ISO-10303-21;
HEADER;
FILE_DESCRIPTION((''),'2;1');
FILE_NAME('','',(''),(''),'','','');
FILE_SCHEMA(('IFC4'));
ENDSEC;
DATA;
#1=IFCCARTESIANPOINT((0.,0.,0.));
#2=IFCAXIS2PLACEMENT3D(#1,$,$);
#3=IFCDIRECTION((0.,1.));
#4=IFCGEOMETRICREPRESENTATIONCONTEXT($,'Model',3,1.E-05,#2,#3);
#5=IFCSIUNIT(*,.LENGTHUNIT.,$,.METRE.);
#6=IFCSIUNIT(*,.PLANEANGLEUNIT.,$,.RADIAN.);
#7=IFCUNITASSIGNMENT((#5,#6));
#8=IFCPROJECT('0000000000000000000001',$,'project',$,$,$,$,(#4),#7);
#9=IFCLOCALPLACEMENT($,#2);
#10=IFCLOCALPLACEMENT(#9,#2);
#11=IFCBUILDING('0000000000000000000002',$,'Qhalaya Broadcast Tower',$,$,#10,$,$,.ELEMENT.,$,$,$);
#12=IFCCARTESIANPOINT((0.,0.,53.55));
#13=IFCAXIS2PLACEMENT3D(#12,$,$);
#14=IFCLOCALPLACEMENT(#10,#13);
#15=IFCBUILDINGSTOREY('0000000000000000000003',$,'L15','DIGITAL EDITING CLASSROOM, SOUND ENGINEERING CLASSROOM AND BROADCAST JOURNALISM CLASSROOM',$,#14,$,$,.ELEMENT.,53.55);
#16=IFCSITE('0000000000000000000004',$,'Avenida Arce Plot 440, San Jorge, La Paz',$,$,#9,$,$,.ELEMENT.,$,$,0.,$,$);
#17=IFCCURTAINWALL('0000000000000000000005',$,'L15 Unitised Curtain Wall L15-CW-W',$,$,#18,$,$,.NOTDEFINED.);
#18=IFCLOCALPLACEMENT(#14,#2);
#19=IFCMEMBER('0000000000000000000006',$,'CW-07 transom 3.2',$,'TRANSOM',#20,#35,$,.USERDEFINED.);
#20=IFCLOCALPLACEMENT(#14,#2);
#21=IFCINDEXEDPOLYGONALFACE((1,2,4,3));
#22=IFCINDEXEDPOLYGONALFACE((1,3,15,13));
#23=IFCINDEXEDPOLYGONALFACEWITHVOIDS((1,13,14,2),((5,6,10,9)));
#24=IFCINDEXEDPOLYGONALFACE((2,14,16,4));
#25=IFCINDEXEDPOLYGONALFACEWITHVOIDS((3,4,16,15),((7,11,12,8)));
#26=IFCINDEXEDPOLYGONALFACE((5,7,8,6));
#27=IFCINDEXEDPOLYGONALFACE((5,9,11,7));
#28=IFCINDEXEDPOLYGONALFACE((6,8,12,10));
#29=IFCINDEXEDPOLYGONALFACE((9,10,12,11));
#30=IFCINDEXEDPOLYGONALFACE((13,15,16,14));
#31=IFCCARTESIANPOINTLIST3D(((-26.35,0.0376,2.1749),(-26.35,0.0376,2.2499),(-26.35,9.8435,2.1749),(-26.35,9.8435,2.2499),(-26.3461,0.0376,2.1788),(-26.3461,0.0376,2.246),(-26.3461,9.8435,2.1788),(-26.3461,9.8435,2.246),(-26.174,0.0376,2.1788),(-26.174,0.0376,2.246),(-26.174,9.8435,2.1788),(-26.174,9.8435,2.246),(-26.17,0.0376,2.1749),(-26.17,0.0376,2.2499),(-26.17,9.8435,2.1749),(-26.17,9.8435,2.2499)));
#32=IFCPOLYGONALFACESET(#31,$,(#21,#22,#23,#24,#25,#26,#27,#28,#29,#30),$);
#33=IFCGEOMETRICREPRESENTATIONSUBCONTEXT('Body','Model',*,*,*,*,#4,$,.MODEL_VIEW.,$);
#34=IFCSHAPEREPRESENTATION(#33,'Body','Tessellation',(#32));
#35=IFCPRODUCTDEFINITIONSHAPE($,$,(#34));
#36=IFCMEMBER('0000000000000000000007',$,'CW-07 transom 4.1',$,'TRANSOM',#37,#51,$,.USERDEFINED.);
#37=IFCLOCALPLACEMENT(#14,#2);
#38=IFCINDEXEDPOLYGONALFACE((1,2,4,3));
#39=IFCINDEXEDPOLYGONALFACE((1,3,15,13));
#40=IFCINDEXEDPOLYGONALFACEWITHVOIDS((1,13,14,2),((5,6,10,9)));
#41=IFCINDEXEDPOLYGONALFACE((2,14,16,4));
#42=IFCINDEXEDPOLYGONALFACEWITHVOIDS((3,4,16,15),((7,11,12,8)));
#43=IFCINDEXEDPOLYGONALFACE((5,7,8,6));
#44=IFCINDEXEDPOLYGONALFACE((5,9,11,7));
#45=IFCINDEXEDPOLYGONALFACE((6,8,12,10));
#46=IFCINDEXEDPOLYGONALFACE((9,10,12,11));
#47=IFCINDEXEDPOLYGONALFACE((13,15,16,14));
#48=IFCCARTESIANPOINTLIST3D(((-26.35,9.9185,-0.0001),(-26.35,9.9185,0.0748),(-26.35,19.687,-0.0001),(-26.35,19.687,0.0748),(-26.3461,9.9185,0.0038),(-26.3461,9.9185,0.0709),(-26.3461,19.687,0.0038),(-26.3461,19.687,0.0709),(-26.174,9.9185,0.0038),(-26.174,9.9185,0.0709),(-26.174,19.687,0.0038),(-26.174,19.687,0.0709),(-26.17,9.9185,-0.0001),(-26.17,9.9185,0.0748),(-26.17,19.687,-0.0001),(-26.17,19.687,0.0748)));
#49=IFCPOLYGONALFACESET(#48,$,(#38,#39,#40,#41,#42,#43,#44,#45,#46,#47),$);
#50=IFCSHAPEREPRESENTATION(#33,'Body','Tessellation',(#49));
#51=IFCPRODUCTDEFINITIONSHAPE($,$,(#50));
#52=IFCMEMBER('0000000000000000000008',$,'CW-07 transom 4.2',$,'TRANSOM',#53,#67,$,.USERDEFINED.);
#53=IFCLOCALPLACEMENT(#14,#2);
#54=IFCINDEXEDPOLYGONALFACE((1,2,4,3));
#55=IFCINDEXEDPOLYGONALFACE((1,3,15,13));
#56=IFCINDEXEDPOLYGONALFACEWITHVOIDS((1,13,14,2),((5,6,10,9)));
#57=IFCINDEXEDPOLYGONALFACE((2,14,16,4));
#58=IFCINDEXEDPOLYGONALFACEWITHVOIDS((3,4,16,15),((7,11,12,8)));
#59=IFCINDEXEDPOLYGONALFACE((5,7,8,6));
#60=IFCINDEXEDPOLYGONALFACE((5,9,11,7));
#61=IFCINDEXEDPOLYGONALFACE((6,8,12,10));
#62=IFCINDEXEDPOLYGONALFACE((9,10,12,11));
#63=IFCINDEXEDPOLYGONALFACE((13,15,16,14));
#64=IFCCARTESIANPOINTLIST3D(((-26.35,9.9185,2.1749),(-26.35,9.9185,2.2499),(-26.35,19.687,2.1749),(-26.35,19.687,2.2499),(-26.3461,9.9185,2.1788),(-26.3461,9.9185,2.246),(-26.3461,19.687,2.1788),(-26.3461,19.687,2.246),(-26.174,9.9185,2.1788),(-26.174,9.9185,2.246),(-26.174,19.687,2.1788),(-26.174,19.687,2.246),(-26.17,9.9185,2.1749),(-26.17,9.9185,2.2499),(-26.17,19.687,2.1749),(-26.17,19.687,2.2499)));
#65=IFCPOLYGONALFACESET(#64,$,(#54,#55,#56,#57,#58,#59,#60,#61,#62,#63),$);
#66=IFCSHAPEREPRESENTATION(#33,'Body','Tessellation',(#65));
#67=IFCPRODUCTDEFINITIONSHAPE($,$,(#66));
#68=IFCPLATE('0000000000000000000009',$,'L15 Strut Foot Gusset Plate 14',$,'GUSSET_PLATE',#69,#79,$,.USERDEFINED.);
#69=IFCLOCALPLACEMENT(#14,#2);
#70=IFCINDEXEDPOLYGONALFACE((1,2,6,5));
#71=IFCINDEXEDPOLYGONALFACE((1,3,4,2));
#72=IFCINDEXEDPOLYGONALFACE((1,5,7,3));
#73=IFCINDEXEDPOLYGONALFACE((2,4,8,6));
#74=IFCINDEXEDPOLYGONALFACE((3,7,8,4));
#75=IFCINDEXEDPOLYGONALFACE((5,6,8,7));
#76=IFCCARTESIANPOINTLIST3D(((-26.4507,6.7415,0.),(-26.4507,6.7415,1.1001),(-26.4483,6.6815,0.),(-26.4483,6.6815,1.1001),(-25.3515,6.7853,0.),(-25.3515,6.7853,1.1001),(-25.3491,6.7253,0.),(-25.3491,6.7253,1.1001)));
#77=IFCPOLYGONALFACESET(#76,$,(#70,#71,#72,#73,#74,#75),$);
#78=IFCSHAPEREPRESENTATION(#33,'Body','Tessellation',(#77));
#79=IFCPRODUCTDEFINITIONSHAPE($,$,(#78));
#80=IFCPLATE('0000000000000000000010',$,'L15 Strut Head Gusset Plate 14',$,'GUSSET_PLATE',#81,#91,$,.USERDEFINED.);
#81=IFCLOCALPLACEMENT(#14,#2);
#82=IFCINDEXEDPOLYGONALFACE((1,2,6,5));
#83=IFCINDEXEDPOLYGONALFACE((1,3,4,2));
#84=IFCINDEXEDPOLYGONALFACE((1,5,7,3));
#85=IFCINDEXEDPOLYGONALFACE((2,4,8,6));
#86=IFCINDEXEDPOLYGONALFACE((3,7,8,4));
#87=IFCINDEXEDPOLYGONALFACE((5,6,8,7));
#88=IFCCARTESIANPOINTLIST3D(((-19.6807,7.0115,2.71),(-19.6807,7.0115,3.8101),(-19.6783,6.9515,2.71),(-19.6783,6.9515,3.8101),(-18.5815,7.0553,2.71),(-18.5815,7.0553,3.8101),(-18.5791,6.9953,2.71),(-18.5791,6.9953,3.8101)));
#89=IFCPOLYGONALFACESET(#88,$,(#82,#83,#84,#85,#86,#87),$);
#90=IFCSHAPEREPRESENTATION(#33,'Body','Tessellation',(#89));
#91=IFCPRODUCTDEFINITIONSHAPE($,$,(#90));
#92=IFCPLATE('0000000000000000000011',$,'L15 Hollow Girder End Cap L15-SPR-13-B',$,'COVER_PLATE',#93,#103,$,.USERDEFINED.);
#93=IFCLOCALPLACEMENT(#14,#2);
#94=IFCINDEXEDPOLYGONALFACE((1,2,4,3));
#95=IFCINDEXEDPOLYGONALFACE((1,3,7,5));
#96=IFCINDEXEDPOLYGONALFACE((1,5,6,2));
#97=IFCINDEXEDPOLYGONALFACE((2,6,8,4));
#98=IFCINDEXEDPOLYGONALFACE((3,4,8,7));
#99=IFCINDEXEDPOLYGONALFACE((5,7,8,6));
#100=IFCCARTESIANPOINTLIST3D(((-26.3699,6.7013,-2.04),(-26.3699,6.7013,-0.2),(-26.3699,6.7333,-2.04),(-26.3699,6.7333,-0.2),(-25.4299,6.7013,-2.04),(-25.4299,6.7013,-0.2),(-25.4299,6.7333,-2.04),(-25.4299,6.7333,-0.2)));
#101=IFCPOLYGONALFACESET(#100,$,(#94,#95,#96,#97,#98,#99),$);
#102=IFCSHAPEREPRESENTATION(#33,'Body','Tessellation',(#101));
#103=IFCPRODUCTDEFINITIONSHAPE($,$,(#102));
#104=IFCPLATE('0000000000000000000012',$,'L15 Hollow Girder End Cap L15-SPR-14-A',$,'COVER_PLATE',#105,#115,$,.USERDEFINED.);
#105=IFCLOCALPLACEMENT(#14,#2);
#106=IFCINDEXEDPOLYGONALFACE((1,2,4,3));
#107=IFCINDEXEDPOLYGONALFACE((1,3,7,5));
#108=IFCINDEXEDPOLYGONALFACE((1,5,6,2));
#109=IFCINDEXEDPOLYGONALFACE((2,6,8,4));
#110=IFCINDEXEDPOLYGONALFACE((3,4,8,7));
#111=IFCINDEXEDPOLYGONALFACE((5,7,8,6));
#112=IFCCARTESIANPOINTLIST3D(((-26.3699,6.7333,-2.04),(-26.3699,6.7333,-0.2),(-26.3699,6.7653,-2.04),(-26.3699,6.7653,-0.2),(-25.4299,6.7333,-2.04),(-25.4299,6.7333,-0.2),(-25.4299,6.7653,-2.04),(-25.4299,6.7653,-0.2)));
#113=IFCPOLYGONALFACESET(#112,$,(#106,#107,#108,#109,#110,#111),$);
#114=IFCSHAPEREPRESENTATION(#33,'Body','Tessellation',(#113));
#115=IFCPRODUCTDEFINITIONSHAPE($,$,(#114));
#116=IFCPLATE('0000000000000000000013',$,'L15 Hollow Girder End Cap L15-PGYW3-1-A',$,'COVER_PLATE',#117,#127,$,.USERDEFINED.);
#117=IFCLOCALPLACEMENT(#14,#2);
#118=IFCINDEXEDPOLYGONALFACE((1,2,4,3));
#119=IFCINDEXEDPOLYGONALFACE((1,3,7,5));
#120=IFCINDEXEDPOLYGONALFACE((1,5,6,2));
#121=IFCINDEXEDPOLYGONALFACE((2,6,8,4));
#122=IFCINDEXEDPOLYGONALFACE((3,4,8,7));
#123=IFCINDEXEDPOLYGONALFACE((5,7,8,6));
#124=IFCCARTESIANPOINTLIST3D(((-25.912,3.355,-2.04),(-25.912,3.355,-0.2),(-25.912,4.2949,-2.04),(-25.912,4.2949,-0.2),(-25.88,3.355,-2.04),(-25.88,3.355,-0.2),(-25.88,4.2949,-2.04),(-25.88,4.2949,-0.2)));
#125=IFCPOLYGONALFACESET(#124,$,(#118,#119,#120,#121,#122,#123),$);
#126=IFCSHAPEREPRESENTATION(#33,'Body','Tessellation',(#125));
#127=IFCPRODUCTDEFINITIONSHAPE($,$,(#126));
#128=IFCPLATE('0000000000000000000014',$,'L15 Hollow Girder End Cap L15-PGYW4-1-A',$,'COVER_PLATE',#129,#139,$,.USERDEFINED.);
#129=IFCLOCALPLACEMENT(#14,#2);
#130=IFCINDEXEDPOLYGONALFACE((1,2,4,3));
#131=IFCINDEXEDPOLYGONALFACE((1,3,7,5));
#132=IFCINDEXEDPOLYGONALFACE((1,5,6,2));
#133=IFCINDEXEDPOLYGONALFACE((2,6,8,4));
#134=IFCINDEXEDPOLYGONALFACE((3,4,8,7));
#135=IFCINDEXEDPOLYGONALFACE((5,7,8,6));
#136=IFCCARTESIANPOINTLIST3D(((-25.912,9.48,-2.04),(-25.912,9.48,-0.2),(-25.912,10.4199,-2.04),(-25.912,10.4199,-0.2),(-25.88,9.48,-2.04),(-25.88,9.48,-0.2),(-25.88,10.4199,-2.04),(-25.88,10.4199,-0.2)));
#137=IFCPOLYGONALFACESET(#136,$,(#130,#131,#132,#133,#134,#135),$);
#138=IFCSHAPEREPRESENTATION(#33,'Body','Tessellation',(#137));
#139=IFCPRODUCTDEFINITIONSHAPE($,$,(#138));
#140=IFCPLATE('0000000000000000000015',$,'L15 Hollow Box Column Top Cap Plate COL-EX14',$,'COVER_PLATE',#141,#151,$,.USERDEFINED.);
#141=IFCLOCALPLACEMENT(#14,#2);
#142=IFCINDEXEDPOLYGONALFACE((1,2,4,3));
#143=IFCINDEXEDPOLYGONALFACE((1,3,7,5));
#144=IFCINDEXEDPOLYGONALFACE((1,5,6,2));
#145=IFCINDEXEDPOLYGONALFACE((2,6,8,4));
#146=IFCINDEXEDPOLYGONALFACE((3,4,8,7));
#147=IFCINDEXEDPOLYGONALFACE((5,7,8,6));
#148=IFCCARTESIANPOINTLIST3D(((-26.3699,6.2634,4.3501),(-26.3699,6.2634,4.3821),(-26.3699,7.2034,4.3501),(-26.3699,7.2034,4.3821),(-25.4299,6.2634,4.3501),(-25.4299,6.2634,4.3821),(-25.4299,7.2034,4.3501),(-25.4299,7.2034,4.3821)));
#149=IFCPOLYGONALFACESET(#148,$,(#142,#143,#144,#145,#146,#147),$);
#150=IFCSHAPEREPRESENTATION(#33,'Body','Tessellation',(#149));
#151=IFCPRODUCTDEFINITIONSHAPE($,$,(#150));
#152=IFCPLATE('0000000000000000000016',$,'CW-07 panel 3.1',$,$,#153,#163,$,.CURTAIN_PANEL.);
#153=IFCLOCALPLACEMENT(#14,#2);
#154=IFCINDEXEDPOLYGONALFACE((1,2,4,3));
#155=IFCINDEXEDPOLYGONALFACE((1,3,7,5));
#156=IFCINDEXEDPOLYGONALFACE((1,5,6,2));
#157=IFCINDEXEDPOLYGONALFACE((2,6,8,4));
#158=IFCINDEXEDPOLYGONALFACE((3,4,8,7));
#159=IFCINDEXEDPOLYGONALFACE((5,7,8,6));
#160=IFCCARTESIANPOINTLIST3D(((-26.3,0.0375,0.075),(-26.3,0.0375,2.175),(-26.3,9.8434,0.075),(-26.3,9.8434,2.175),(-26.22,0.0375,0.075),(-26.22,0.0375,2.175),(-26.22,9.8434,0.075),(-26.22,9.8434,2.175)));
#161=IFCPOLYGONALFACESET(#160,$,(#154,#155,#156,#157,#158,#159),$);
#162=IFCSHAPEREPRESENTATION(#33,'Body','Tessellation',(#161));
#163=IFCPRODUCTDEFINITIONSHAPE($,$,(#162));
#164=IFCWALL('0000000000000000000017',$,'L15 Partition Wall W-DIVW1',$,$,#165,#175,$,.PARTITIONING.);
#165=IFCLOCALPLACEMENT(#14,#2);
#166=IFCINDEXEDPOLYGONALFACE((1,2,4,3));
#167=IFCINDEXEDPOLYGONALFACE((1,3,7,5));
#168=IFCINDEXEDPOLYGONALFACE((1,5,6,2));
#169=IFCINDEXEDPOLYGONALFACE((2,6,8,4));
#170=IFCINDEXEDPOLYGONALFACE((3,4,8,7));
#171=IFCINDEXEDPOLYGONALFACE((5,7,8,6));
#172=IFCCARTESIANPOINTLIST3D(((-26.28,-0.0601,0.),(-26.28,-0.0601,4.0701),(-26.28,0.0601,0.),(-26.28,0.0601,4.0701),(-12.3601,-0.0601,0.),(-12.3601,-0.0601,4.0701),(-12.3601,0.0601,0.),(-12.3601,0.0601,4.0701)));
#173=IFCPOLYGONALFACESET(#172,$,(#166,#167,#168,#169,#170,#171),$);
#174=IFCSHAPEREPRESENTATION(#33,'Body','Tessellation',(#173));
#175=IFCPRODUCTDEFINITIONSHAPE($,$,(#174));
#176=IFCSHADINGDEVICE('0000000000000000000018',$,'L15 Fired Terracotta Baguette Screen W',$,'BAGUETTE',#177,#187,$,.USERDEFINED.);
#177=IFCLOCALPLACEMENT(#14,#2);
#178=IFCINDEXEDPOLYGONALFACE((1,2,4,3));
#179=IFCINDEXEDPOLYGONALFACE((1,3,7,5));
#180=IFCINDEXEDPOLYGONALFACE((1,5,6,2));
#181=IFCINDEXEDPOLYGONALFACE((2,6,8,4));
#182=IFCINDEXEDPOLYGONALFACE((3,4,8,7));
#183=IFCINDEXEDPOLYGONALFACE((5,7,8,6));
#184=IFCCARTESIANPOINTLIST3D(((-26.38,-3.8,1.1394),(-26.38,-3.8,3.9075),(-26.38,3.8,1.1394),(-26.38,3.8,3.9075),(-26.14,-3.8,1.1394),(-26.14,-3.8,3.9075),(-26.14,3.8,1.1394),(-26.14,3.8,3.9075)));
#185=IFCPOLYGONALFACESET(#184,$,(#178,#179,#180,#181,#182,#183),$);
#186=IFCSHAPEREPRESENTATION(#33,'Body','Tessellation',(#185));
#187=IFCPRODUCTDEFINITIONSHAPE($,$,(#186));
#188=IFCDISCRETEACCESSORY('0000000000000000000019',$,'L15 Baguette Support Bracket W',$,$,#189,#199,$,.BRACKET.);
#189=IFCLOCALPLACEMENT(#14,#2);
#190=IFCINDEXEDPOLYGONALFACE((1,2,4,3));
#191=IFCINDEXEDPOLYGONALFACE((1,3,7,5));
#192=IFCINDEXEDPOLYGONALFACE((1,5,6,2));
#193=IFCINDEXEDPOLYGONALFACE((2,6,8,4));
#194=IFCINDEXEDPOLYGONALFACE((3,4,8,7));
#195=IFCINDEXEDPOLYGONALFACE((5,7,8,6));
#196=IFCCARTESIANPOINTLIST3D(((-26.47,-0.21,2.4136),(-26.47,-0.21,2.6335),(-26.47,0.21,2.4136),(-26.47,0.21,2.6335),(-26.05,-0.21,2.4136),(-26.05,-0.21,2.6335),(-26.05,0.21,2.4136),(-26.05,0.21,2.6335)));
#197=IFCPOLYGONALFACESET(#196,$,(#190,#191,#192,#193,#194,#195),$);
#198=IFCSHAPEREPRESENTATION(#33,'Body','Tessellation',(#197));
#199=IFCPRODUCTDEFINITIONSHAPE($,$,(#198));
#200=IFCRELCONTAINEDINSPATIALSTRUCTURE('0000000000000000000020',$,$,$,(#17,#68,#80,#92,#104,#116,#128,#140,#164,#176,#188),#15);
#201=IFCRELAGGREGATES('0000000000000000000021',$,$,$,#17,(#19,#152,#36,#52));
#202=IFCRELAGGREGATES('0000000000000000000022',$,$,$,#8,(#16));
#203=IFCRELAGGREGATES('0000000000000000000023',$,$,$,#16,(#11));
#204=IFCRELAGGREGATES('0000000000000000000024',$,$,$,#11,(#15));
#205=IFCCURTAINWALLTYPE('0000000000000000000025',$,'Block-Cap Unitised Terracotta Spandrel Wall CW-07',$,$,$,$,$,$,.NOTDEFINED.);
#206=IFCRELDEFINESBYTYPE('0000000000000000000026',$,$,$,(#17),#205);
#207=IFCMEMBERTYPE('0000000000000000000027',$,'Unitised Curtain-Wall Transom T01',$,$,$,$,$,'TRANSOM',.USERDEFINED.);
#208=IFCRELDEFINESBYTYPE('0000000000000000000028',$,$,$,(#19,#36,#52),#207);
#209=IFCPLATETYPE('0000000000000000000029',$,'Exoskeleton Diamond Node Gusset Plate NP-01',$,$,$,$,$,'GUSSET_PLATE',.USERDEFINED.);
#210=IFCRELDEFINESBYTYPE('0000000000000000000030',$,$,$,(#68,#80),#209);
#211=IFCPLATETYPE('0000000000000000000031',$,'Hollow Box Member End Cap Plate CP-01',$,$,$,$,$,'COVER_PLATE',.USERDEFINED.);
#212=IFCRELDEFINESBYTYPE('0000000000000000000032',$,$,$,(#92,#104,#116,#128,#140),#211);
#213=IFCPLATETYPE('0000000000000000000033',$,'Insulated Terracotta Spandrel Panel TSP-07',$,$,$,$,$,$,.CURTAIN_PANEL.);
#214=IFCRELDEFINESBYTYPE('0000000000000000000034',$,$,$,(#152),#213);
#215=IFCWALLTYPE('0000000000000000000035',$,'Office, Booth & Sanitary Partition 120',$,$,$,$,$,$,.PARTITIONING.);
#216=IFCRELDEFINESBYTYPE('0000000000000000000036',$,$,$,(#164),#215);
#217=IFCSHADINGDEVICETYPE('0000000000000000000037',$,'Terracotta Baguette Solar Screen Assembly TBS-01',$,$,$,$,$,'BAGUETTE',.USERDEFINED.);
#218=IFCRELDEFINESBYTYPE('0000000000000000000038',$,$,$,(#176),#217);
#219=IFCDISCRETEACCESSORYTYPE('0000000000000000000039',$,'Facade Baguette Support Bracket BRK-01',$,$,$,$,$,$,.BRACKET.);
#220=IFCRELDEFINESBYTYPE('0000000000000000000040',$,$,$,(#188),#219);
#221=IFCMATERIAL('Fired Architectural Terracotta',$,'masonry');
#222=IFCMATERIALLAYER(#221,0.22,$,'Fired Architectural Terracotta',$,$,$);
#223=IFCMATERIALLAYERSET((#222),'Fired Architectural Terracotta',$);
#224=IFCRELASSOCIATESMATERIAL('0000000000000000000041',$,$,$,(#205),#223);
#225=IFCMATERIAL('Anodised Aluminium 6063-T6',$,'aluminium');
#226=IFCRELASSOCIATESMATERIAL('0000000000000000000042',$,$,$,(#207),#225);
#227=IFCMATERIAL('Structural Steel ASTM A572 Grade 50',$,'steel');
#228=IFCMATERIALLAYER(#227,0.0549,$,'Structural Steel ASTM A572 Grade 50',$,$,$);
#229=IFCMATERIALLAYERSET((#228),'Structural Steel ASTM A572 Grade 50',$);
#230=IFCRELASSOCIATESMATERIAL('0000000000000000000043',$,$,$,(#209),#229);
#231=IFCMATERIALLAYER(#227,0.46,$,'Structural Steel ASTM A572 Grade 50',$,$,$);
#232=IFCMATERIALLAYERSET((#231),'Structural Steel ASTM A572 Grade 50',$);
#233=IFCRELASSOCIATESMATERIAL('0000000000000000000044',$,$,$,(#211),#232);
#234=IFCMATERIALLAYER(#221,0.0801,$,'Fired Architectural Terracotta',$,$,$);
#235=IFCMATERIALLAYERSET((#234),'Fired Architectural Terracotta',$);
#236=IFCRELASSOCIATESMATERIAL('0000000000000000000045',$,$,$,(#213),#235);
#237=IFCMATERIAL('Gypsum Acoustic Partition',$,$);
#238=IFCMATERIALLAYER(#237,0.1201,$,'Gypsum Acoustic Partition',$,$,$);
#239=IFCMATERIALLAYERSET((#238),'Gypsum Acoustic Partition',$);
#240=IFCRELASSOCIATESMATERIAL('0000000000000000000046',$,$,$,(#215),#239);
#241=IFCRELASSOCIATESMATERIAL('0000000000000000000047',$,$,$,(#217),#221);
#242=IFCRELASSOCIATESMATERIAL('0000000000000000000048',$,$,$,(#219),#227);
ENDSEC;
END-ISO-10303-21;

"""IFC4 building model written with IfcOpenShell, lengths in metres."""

from ifc_helpers import new_model, si_unit, direction, frame, frame_2d, origin, origin_2d, place, context, subcontext, project, spatial, rectangle, hollow_rectangle, extrude, material, layer, layer_set, material_profile, profile_set, type_object, element, aggregate, save


model = new_model("IFC4")

# Units and contexts
model_context = context("Model", 3, precision=1e-05, world=origin(), true_north=direction((0.0, 1.0)))
body_context = subcontext(model_context, "Body", "Model", "MODEL_VIEW")
ifc_project = project(units=[si_unit("LENGTHUNIT", "METRE"), si_unit("PLANEANGLEUNIT", "RADIAN")], contexts=[model_context])

# Site, building, storey
site_placement = place(None, origin())
site = spatial("IfcSite", under=ifc_project, at=site_placement, Name="Avenida Arce Plot 440, San Jorge, La Paz", CompositionType="ELEMENT", RefElevation=0.0)
building_placement = place(site_placement, origin())
building = spatial("IfcBuilding", under=site, at=building_placement, Name="Qhalaya Broadcast Tower", CompositionType="ELEMENT")
storey_placement = place(building_placement, frame((0.0, 0.0, 53.55)))
storey = spatial("IfcBuildingStorey", under=building, at=storey_placement, Name="L15", Description="DIGITAL EDITING CLASSROOM, SOUND ENGINEERING CLASSROOM AND BROADCAST JOURNALISM CLASSROOM", CompositionType="ELEMENT", Elevation=53.55)

# Shared definitions
ifc_material_1 = material(Name="Structural Steel ASTM A572 Grade 50", Category="steel")

# Curtain wall, members
ifc_material_2 = material(Name="Fired Architectural Terracotta", Category="masonry")
ifc_layer_1 = layer(ifc_material_2, 0.22, Name="Fired Architectural Terracotta")
ifc_layer_set_1 = layer_set([ifc_layer_1], Name="Fired Architectural Terracotta")
curtain_wall_type = type_object("IfcCurtainWallType", Name="Block-Cap Unitised Terracotta Spandrel Wall CW-07", PredefinedType="NOTDEFINED", material=ifc_layer_set_1)
curtain_wall_placement = place(storey_placement, origin())
curtain_wall = element("IfcCurtainWall", 1, at=curtain_wall_placement, inside=storey, type_object=curtain_wall_type, Name="L15 Unitised Curtain Wall L15-CW-W", PredefinedType="NOTDEFINED")
ifc_material_3 = material(Name="Anodised Aluminium 6063-T6", Category="aluminium")
ifc_material_profile_1 = material_profile(ifc_material_3, hollow_rectangle(XDim=0.075, YDim=0.1799, WallThickness=0.0039, at=origin_2d()), Name="ALU-TRN 75x180x4")
ifc_profile_set_1 = profile_set([ifc_material_profile_1], Name="Anodised Aluminium 6063-T6")
member_type_1 = type_object("IfcMemberType", Name="Unitised Curtain-Wall Transom T01", ElementType="TRANSOM", PredefinedType="USERDEFINED", material=ifc_profile_set_1)
member_1_placement = place(storey_placement, frame((-26.26, 0.0376, 2.2124), z_axis=(0.0, 1.0, 0.0), x_axis=(0.0, 0.0, 1.0)))
member_1 = element("IfcMember", 2, at=member_1_placement, type_object=member_type_1, Name="CW-07 transom 3.2", ObjectType="TRANSOM", PredefinedType="USERDEFINED", context=body_context, shape_type="SweptSolid", body=[
    extrude(hollow_rectangle(XDim=0.075, YDim=0.1799, WallThickness=0.0039, at=origin_2d()), origin(), (0.0, 0.0, 1.0), 9.8059),
])
member_2_placement = place(storey_placement, frame((-26.26, 9.9185, 0.0374), z_axis=(0.0, 1.0, 0.0), x_axis=(0.0, 0.0, 1.0)))
member_2 = element("IfcMember", 3, at=member_2_placement, type_object=member_type_1, Name="CW-07 transom 4.1", ObjectType="TRANSOM", PredefinedType="USERDEFINED", context=body_context, shape_type="SweptSolid", body=[
    extrude(hollow_rectangle(XDim=0.075, YDim=0.1799, WallThickness=0.0039, at=origin_2d()), origin(), (0.0, 0.0, 1.0), 9.7686),
])
member_3_placement = place(storey_placement, frame((-26.26, 9.9185, 2.2124), z_axis=(0.0, 1.0, 0.0), x_axis=(0.0, 0.0, 1.0)))
member_3 = element("IfcMember", 4, at=member_3_placement, type_object=member_type_1, Name="CW-07 transom 4.2", ObjectType="TRANSOM", PredefinedType="USERDEFINED", context=body_context, shape_type="SweptSolid", body=[
    extrude(hollow_rectangle(XDim=0.075, YDim=0.1799, WallThickness=0.0039, at=origin_2d()), origin(), (0.0, 0.0, 1.0), 9.7686),
])

# Plates
ifc_layer_2 = layer(ifc_material_1, 0.0549, Name="Structural Steel ASTM A572 Grade 50")
ifc_layer_set_2 = layer_set([ifc_layer_2], Name="Structural Steel ASTM A572 Grade 50")
plate_type_1 = type_object("IfcPlateType", Name="Exoskeleton Diamond Node Gusset Plate NP-01", ElementType="GUSSET_PLATE", PredefinedType="USERDEFINED", material=ifc_layer_set_2)
for number, where, z_axis, x_axis, name in (
    (5, (-25.8999, 6.7334, 0.0), (0.0, 0.0, 1.0), (0.999206, 0.039853, 0.0), "L15 Strut Foot Gusset Plate 14"),
    (6, (-19.1299, 7.0034, 2.71), (0.0, 0.0, 1.0), (0.999206, 0.039853, 0.0), "L15 Strut Head Gusset Plate 14"),
):
    element("IfcPlate", number, at=place(storey_placement, frame(where, z_axis=z_axis, x_axis=x_axis)), inside=storey, type_object=plate_type_1, Name=name, ObjectType="GUSSET_PLATE", PredefinedType="USERDEFINED", context=body_context, shape_type="SweptSolid", body=[
        extrude(rectangle(XDim=1.1001, YDim=0.0601, at=origin_2d()), origin(), (0.0, 0.0, 1.0), 1.1001),
    ])
ifc_layer_3 = layer(ifc_material_1, 0.46, Name="Structural Steel ASTM A572 Grade 50")
ifc_layer_set_3 = layer_set([ifc_layer_3], Name="Structural Steel ASTM A572 Grade 50")
plate_type_2 = type_object("IfcPlateType", Name="Hollow Box Member End Cap Plate CP-01", ElementType="COVER_PLATE", PredefinedType="USERDEFINED", material=ifc_layer_set_3)
for number, where, z_axis, x_axis, name in (
    (7, (-25.8999, 6.7173, -2.04), (0.0, 0.0, 1.0), (1.0, 0.0, 0.0), "L15 Hollow Girder End Cap L15-SPR-13-B"),
    (8, (-25.8999, 6.7493, -2.04), (0.0, 0.0, 1.0), (1.0, 0.0, 0.0), "L15 Hollow Girder End Cap L15-SPR-14-A"),
    (9, (-25.896, 3.825, -2.04), (0.0, 0.0, 1.0), (0.0, 1.0, 0.0), "L15 Hollow Girder End Cap L15-PGYW3-1-A"),
    (10, (-25.896, 9.95, -2.04), (0.0, 0.0, 1.0), (0.0, 1.0, 0.0), "L15 Hollow Girder End Cap L15-PGYW4-1-A"),
):
    element("IfcPlate", number, at=place(storey_placement, frame(where, z_axis=z_axis, x_axis=x_axis)), inside=storey, type_object=plate_type_2, Name=name, ObjectType="COVER_PLATE", PredefinedType="USERDEFINED", context=body_context, shape_type="SweptSolid", body=[
        extrude(rectangle(XDim=0.9399, YDim=0.032, at=origin_2d()), origin(), (0.0, 0.0, 1.0), 1.8401),
    ])
plate_1_placement = place(storey_placement, frame((-25.8999, 6.7334, 4.3501), z_axis=(0.0, 0.0, 1.0), x_axis=(0.0, 1.0, 0.0)))
element("IfcPlate", 11, at=plate_1_placement, inside=storey, type_object=plate_type_2, Name="L15 Hollow Box Column Top Cap Plate COL-EX14", ObjectType="COVER_PLATE", PredefinedType="USERDEFINED", context=body_context, shape_type="SweptSolid", body=[
    extrude(rectangle(XDim=0.9399, YDim=0.9399, at=origin_2d()), origin(), (0.0, 0.0, 1.0), 0.032),
])

# Plate
ifc_layer_4 = layer(ifc_material_2, 0.0801, Name="Fired Architectural Terracotta")
ifc_layer_set_4 = layer_set([ifc_layer_4], Name="Fired Architectural Terracotta")
plate_type_3 = type_object("IfcPlateType", Name="Insulated Terracotta Spandrel Panel TSP-07", PredefinedType="CURTAIN_PANEL", material=ifc_layer_set_4)
plate_2_placement = place(storey_placement, frame((-26.26, 4.9404, 0.075), z_axis=(0.0, 0.0, 1.0), x_axis=(0.0, 1.0, 0.0)))
plate_2 = element("IfcPlate", 12, at=plate_2_placement, type_object=plate_type_3, Name="CW-07 panel 3.1", PredefinedType="CURTAIN_PANEL", context=body_context, shape_type="SweptSolid", body=[
    extrude(rectangle(XDim=9.8059, YDim=0.0801, at=origin_2d()), origin(), (0.0, 0.0, 1.0), 2.1001),
])
aggregate(curtain_wall, [member_1, plate_2, member_2, member_3])

# Wall
ifc_material_4 = material(Name="Gypsum Acoustic Partition")
ifc_layer_5 = layer(ifc_material_4, 0.1201, Name="Gypsum Acoustic Partition")
ifc_layer_set_5 = layer_set([ifc_layer_5], Name="Gypsum Acoustic Partition")
wall_type = type_object("IfcWallType", Name="Office, Booth & Sanitary Partition 120", PredefinedType="PARTITIONING", material=ifc_layer_set_5)
wall_placement = place(storey_placement, frame((-26.28, 0.0, 0.0), z_axis=(0.0, 0.0, 1.0), x_axis=(1.0, 0.0, 0.0)))
element("IfcWall", 13, at=wall_placement, inside=storey, type_object=wall_type, Name="L15 Partition Wall W-DIVW1", PredefinedType="PARTITIONING", context=body_context, shape_type="SweptSolid", body=[
    extrude(rectangle(XDim=13.9199, YDim=0.1201, at=frame_2d((6.96, 0.0))), origin(), (0.0, 0.0, 1.0), 4.0701),
])

# Shading device
shading_device_type = type_object("IfcShadingDeviceType", Name="Terracotta Baguette Solar Screen Assembly TBS-01", ElementType="BAGUETTE", PredefinedType="USERDEFINED", material=ifc_material_2)
shading_device_placement = place(storey_placement, frame((-26.26, 0.0, 1.1394), z_axis=(0.0, 0.0, 1.0), x_axis=(0.0, -1.0, 0.0)))
element("IfcShadingDevice", 14, at=shading_device_placement, inside=storey, type_object=shading_device_type, Name="L15 Fired Terracotta Baguette Screen W", ObjectType="BAGUETTE", PredefinedType="USERDEFINED", context=body_context, shape_type="SweptSolid", body=[
    extrude(rectangle(XDim=7.6001, YDim=0.24, at=origin_2d()), origin(), (0.0, 0.0, 1.0), 2.7681),
])

# Discrete accessory
discrete_accessory_type = type_object("IfcDiscreteAccessoryType", Name="Facade Baguette Support Bracket BRK-01", PredefinedType="BRACKET", material=ifc_material_1)
discrete_accessory_placement = place(storey_placement, frame((-26.26, 0.0, 2.4136), z_axis=(0.0, 0.0, 1.0), x_axis=(0.0, -1.0, 0.0)))
element("IfcDiscreteAccessory", 15, at=discrete_accessory_placement, inside=storey, type_object=discrete_accessory_type, Name="L15 Baguette Support Bracket W", PredefinedType="BRACKET", context=body_context, shape_type="SweptSolid", body=[
    extrude(rectangle(XDim=0.4199, YDim=0.4199, at=origin_2d()), origin(), (0.0, 0.0, 1.0), 0.22),
])

save(model, "model.ifc")
